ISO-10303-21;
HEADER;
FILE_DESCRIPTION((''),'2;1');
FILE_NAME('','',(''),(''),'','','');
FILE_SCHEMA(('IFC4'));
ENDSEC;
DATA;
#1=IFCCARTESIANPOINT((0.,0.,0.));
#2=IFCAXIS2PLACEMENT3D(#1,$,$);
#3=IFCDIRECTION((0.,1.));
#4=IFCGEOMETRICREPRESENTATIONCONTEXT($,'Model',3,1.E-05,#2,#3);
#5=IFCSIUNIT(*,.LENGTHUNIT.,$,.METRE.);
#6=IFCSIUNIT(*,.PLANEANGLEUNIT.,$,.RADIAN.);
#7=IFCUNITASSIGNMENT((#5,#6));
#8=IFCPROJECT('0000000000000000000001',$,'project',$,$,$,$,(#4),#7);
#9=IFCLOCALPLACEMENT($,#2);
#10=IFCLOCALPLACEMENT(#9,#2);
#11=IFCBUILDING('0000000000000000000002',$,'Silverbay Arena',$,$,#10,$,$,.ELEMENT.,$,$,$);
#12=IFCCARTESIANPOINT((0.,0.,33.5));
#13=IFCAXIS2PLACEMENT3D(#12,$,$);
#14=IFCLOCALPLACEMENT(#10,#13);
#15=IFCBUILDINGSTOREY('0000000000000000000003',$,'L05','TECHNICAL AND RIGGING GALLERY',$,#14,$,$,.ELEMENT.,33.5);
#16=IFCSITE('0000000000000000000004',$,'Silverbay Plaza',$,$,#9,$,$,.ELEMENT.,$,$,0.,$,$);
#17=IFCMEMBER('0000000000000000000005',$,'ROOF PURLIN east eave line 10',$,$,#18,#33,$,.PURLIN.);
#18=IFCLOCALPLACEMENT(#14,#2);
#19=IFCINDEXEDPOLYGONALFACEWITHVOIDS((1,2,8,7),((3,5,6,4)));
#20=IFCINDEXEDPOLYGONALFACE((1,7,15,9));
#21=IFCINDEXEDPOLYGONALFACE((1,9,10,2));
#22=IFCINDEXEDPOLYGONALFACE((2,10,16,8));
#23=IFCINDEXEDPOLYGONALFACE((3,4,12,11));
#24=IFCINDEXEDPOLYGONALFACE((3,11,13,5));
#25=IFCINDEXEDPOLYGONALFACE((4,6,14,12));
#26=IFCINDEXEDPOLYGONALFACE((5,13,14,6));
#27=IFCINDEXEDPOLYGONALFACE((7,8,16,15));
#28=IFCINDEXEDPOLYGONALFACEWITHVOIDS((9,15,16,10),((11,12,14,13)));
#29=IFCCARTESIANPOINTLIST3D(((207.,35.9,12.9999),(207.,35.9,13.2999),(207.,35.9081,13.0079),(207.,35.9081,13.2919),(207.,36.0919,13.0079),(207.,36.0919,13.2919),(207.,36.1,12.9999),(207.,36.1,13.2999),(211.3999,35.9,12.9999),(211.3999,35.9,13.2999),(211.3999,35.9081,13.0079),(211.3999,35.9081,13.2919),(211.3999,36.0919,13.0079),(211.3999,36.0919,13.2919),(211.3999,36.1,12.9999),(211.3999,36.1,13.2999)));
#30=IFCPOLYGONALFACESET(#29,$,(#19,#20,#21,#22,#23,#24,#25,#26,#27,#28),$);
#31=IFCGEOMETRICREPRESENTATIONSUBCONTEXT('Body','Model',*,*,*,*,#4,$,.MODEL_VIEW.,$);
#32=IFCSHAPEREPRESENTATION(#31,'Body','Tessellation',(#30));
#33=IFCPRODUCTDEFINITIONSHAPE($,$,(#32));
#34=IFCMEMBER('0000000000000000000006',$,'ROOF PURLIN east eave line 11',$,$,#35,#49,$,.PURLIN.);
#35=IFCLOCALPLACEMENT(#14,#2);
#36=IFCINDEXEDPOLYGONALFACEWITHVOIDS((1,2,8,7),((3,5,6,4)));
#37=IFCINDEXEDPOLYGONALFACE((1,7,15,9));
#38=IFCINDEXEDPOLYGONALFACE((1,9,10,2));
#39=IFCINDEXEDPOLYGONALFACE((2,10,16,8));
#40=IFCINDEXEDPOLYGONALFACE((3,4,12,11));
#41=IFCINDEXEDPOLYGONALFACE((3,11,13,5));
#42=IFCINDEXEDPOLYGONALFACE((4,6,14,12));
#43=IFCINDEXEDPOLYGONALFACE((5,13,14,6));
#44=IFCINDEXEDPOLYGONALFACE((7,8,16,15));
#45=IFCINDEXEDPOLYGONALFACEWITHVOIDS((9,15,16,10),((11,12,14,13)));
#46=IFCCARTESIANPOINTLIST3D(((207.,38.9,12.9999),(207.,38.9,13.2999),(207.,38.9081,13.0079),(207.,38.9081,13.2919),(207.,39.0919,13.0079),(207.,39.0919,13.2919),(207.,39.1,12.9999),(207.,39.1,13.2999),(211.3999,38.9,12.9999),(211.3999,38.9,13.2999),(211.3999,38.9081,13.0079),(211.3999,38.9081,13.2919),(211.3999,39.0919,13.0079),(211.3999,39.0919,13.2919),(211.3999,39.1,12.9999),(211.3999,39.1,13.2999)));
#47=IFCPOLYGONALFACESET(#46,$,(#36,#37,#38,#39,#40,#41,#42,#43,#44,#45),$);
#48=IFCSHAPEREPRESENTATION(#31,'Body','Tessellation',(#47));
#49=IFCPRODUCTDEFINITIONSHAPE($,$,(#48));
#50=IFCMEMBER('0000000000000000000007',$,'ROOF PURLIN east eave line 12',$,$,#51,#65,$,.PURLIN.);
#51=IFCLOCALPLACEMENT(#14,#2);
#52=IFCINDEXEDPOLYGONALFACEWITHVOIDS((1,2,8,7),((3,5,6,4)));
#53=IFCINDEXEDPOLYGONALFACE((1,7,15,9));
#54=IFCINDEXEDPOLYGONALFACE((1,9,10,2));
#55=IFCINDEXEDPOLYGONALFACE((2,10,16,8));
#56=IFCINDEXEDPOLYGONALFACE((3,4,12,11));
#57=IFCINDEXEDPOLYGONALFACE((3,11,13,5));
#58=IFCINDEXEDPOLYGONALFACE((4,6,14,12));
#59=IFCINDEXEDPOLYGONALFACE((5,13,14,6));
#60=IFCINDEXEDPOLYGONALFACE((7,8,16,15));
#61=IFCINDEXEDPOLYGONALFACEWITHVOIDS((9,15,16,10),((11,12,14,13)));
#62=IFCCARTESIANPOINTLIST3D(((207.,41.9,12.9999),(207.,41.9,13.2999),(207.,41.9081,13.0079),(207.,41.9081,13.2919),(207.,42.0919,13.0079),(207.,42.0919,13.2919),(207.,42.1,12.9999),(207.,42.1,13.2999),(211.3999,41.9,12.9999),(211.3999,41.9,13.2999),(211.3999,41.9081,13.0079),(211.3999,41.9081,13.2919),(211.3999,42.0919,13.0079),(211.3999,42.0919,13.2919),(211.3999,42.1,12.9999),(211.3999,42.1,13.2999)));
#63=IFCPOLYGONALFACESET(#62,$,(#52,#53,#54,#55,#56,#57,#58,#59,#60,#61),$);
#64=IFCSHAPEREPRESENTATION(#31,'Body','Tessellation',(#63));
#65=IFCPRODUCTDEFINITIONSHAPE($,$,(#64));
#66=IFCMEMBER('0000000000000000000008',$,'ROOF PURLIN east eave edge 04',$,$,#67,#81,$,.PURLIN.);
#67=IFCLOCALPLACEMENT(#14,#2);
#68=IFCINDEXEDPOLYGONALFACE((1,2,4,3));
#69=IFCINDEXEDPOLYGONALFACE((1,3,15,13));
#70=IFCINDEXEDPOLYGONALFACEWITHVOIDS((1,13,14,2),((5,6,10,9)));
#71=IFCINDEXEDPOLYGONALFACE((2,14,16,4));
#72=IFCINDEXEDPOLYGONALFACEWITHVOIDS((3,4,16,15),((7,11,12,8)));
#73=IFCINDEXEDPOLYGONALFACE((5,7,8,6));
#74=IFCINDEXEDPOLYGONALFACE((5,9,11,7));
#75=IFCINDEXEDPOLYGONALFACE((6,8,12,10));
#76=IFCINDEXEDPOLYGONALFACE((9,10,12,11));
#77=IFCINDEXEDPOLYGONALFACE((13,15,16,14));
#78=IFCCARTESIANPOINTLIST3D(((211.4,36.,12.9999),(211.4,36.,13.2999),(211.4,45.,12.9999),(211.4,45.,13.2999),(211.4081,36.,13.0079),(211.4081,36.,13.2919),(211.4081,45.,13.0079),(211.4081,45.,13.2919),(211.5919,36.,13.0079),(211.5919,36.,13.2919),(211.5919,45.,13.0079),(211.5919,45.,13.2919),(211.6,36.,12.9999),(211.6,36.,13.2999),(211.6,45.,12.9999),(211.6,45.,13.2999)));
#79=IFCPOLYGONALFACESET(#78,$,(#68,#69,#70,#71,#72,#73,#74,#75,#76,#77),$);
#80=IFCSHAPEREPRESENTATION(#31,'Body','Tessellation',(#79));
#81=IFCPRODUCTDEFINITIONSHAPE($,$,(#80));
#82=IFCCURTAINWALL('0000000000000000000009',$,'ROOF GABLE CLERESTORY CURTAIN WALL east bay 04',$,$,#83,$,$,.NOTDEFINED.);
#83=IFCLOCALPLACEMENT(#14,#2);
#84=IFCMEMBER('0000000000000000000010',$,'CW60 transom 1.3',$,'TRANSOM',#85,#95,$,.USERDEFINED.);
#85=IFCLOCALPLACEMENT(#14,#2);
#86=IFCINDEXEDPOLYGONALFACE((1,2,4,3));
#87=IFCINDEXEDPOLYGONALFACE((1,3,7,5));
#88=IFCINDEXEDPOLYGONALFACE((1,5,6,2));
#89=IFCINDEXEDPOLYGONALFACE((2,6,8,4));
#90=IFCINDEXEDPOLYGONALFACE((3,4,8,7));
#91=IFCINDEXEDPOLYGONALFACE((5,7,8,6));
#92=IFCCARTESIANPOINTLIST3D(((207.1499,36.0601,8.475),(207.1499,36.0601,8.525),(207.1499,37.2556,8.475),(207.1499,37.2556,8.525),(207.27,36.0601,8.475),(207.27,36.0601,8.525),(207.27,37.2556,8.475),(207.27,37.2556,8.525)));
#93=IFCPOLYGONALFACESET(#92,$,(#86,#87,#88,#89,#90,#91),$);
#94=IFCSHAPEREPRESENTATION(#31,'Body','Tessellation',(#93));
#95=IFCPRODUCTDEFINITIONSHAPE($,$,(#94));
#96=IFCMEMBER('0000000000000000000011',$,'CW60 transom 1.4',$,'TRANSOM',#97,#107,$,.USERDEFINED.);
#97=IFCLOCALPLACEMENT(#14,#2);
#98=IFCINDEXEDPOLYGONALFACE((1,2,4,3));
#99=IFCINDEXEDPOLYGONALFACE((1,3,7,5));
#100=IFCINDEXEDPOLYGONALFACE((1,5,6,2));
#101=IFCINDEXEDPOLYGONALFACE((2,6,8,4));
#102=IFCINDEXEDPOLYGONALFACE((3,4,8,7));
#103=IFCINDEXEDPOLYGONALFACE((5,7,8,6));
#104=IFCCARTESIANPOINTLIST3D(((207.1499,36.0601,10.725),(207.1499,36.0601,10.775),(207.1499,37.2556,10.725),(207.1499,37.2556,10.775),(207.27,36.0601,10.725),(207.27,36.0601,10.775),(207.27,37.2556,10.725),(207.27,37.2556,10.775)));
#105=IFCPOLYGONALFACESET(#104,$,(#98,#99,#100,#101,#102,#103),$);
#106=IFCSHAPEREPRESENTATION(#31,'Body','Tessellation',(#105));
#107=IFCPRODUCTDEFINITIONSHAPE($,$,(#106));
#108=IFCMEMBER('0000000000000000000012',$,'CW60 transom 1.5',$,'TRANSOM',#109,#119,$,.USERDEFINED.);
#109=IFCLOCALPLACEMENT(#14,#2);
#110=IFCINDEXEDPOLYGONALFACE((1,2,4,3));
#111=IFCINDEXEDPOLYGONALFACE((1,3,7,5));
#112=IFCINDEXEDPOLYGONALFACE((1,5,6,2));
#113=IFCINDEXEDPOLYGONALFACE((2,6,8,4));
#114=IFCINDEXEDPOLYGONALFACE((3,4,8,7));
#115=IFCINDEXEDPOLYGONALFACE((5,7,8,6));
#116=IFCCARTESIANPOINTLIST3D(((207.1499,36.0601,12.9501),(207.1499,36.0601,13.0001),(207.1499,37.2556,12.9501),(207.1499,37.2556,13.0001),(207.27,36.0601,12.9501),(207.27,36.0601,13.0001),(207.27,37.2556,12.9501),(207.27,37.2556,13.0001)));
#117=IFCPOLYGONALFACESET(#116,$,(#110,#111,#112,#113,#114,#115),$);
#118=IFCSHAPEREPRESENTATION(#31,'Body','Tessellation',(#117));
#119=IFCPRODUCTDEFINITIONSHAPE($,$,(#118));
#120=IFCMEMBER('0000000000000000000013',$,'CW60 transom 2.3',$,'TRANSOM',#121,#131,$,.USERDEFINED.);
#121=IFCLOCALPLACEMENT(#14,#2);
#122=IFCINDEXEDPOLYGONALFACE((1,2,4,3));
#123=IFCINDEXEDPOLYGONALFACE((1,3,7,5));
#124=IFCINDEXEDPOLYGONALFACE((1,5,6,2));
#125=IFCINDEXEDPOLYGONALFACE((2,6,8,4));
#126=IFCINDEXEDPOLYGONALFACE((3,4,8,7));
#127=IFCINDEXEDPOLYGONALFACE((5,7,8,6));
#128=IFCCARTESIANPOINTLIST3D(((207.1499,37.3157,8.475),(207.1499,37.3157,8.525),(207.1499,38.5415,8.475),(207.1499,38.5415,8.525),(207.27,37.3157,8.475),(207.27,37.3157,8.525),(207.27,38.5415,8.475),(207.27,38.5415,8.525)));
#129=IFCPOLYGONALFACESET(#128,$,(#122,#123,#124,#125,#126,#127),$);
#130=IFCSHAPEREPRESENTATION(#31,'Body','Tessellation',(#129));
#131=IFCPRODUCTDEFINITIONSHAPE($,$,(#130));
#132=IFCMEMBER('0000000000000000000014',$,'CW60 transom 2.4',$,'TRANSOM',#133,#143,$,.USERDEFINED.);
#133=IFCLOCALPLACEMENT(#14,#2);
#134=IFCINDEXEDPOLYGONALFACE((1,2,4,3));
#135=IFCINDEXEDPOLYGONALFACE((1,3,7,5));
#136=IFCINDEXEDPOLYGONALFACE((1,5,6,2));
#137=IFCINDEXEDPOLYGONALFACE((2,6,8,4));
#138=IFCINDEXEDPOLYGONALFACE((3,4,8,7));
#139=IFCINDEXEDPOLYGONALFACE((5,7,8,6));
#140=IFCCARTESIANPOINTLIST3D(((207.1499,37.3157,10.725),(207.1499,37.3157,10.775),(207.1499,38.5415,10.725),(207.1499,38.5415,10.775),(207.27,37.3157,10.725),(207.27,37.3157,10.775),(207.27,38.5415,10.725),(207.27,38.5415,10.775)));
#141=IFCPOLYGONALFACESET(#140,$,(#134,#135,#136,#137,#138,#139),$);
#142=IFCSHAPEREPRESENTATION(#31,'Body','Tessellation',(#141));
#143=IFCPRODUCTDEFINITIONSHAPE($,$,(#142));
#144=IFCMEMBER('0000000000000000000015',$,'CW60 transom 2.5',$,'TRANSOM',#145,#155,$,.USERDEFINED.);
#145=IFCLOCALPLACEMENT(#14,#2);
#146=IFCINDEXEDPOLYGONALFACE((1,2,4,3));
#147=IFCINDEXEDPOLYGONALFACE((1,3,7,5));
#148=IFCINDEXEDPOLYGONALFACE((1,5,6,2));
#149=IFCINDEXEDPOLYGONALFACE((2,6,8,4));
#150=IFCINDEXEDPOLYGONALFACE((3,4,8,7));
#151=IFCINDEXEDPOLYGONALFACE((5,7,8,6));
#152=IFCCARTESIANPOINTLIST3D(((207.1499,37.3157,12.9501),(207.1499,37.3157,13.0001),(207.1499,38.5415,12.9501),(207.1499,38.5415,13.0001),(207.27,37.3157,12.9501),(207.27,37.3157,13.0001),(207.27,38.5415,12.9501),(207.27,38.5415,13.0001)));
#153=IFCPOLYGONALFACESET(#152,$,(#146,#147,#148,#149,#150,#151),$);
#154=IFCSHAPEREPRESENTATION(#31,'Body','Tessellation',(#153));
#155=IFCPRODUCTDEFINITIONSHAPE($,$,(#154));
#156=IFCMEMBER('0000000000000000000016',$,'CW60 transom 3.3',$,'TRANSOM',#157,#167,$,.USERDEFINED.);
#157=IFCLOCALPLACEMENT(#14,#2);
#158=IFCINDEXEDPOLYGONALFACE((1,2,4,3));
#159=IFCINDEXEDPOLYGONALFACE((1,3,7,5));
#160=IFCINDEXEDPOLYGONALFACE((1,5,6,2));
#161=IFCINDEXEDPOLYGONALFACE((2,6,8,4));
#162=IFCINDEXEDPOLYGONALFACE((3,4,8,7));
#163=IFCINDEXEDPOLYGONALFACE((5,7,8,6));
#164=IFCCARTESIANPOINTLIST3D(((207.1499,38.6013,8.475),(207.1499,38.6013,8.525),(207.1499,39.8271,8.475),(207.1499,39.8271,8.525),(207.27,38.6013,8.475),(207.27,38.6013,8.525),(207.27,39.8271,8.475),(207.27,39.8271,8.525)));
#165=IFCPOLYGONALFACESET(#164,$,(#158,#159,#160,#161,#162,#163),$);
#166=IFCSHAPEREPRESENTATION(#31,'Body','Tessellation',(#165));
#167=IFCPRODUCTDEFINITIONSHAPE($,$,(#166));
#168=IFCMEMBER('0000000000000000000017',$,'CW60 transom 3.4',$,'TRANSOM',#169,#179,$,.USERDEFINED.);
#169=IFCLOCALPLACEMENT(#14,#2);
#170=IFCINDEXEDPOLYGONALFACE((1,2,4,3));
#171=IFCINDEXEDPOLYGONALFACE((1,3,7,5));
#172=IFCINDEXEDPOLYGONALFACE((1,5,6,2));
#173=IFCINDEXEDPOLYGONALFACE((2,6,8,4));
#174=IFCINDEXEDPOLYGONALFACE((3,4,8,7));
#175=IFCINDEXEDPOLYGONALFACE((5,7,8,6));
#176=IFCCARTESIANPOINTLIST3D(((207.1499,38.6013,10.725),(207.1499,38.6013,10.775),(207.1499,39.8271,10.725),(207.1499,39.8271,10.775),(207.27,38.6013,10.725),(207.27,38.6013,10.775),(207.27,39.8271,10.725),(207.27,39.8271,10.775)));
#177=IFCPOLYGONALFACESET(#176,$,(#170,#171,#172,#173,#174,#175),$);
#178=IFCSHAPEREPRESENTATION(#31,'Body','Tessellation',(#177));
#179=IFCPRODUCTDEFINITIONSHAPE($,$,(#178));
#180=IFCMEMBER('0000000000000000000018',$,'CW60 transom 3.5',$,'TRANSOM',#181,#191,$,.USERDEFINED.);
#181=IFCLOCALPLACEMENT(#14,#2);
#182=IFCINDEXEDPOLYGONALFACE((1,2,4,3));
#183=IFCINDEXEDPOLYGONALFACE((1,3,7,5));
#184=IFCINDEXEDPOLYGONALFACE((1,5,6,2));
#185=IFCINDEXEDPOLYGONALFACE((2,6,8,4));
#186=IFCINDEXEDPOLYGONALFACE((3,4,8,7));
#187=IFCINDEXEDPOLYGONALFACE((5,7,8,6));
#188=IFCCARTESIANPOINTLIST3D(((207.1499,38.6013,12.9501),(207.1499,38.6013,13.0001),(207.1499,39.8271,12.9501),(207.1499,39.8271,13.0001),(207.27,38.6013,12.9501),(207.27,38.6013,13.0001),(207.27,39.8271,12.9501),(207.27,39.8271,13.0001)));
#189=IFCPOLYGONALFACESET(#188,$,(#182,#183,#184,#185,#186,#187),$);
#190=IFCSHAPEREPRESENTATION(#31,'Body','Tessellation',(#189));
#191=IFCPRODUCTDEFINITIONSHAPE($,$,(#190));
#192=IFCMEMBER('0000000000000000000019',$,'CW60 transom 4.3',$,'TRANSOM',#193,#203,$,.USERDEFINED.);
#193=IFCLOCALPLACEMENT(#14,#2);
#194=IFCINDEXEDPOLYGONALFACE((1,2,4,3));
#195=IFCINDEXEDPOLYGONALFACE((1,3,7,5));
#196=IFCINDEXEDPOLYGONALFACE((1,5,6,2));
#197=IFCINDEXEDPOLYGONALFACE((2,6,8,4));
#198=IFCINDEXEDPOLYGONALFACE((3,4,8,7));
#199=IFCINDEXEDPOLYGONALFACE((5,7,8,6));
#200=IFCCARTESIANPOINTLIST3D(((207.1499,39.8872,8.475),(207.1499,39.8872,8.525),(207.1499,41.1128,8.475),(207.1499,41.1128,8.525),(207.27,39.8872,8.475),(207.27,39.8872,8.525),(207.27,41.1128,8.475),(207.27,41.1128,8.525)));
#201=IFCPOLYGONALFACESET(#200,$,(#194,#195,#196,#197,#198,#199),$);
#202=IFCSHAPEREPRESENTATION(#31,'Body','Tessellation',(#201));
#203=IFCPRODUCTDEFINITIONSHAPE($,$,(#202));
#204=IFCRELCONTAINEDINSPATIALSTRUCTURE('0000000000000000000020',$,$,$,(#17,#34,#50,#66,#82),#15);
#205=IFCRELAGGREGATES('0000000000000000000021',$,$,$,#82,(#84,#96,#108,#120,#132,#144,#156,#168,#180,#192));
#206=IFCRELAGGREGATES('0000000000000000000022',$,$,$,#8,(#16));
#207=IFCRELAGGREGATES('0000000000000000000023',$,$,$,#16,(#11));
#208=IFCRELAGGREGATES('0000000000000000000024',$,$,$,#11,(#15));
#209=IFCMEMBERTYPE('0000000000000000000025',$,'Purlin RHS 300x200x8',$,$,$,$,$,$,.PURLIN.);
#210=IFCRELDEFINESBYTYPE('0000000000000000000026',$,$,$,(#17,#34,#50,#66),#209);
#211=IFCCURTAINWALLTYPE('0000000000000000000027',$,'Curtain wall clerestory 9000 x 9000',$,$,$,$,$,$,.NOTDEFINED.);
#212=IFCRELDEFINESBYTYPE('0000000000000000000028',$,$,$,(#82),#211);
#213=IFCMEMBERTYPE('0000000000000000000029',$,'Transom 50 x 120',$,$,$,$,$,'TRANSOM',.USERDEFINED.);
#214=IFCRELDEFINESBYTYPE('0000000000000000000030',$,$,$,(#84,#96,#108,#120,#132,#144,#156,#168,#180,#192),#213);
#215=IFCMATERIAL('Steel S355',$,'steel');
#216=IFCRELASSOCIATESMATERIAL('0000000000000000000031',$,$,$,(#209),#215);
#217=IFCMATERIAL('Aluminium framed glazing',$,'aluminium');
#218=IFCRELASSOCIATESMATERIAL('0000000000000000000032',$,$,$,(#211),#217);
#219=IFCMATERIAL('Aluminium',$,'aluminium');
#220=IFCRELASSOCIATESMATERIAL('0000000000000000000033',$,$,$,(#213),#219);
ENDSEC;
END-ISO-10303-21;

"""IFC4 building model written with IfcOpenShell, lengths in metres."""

from ifc_helpers import new_model, si_unit, direction, frame, origin, origin_2d, place, context, subcontext, project, spatial, rectangle, hollow_rectangle, extrude, material, material_profile, profile_set, type_object, element, aggregate, save


model = new_model("IFC4")

# Units and contexts
model_context = context("Model", 3, precision=1e-05, world=origin(), true_north=direction((0.0, 1.0)))
body_context = subcontext(model_context, "Body", "Model", "MODEL_VIEW")
ifc_project = project(units=[si_unit("LENGTHUNIT", "METRE"), si_unit("PLANEANGLEUNIT", "RADIAN")], contexts=[model_context])

# Site, building, storey
site_placement = place(None, origin())
site = spatial("IfcSite", under=ifc_project, at=site_placement, Name="Silverbay Plaza", CompositionType="ELEMENT", RefElevation=0.0)
building_placement = place(site_placement, origin())
building = spatial("IfcBuilding", under=site, at=building_placement, Name="Silverbay Arena", CompositionType="ELEMENT")
storey_placement = place(building_placement, frame((0.0, 0.0, 33.5)))
storey = spatial("IfcBuildingStorey", under=building, at=storey_placement, Name="L05", Description="TECHNICAL AND RIGGING GALLERY", CompositionType="ELEMENT", Elevation=33.5)

# Members
ifc_material_1 = material(Name="Steel S355", Category="steel")
ifc_material_profile_1 = material_profile(ifc_material_1, hollow_rectangle(XDim=0.2, YDim=0.3, WallThickness=0.0081, at=origin_2d()), Name="RHS 300x200x8")
ifc_profile_set_1 = profile_set([ifc_material_profile_1], Name="Steel S355")
member_type_1 = type_object("IfcMemberType", Name="Purlin RHS 300x200x8", PredefinedType="PURLIN", material=ifc_profile_set_1)
for number, where, z_axis, x_axis, name in (
    (1, (211.3999, 36.0, 13.1499), (-1.0, 0.0, 0.0), (0.0, -1.0, 0.0), "ROOF PURLIN east eave line 10"),
    (2, (211.3999, 39.0, 13.1499), (-1.0, 0.0, 0.0), (0.0, -1.0, 0.0), "ROOF PURLIN east eave line 11"),
    (3, (211.3999, 42.0, 13.1499), (-1.0, 0.0, 0.0), (0.0, -1.0, 0.0), "ROOF PURLIN east eave line 12"),
):
    element("IfcMember", number, at=place(storey_placement, frame(where, z_axis=z_axis, x_axis=x_axis)), inside=storey, type_object=member_type_1, Name=name, PredefinedType="PURLIN", context=body_context, shape_type="SweptSolid", body=[
        extrude(hollow_rectangle(XDim=0.2, YDim=0.3, WallThickness=0.0081, at=origin_2d()), origin(), (0.0, 0.0, 1.0), 4.3999),
    ])
member_1_placement = place(storey_placement, frame((211.5, 36.0, 13.1499), z_axis=(0.0, 1.0, 0.0), x_axis=(-1.0, 0.0, 0.0)))
element("IfcMember", 4, at=member_1_placement, inside=storey, type_object=member_type_1, Name="ROOF PURLIN east eave edge 04", PredefinedType="PURLIN", context=body_context, shape_type="SweptSolid", body=[
    extrude(hollow_rectangle(XDim=0.2, YDim=0.3, WallThickness=0.0081, at=origin_2d()), origin(), (0.0, 0.0, 1.0), 9.0),
])

# Curtain wall, members
ifc_material_2 = material(Name="Aluminium framed glazing", Category="aluminium")
curtain_wall_type = type_object("IfcCurtainWallType", Name="Curtain wall clerestory 9000 x 9000", PredefinedType="NOTDEFINED", material=ifc_material_2)
curtain_wall_placement = place(storey_placement, origin())
curtain_wall = element("IfcCurtainWall", 5, at=curtain_wall_placement, inside=storey, type_object=curtain_wall_type, Name="ROOF GABLE CLERESTORY CURTAIN WALL east bay 04", PredefinedType="NOTDEFINED")
ifc_material_3 = material(Name="Aluminium", Category="aluminium")
ifc_material_profile_2 = material_profile(ifc_material_3, rectangle(XDim=0.1201, YDim=0.05, at=origin_2d()), Name="Transom 50 x 120")
ifc_profile_set_2 = profile_set([ifc_material_profile_2], Name="Aluminium")
member_type_2 = type_object("IfcMemberType", Name="Transom 50 x 120", ElementType="TRANSOM", PredefinedType="USERDEFINED", material=ifc_profile_set_2)
member_2_placement = place(storey_placement, frame((207.21, 36.0601, 8.5), z_axis=(0.0, 1.0, 0.0), x_axis=(-1.0, 0.0, 0.0)))
member_2 = element("IfcMember", 6, at=member_2_placement, type_object=member_type_2, Name="CW60 transom 1.3", ObjectType="TRANSOM", PredefinedType="USERDEFINED", context=body_context, shape_type="SweptSolid", body=[
    extrude(rectangle(XDim=0.1201, YDim=0.05, at=origin_2d()), origin(), (0.0, 0.0, 1.0), 1.1956),
])
member_3_placement = place(storey_placement, frame((207.21, 36.0601, 10.75), z_axis=(0.0, 1.0, 0.0), x_axis=(-1.0, 0.0, 0.0)))
member_3 = element("IfcMember", 7, at=member_3_placement, type_object=member_type_2, Name="CW60 transom 1.4", ObjectType="TRANSOM", PredefinedType="USERDEFINED", context=body_context, shape_type="SweptSolid", body=[
    extrude(rectangle(XDim=0.1201, YDim=0.05, at=origin_2d()), origin(), (0.0, 0.0, 1.0), 1.1956),
])
member_4_placement = place(storey_placement, frame((207.21, 36.0601, 12.9751), z_axis=(0.0, 1.0, 0.0), x_axis=(-1.0, 0.0, 0.0)))
member_4 = element("IfcMember", 8, at=member_4_placement, type_object=member_type_2, Name="CW60 transom 1.5", ObjectType="TRANSOM", PredefinedType="USERDEFINED", context=body_context, shape_type="SweptSolid", body=[
    extrude(rectangle(XDim=0.1201, YDim=0.05, at=origin_2d()), origin(), (0.0, 0.0, 1.0), 1.1956),
])
member_5_placement = place(storey_placement, frame((207.21, 37.3157, 8.5), z_axis=(0.0, 1.0, 0.0), x_axis=(-1.0, 0.0, 0.0)))
member_5 = element("IfcMember", 9, at=member_5_placement, type_object=member_type_2, Name="CW60 transom 2.3", ObjectType="TRANSOM", PredefinedType="USERDEFINED", context=body_context, shape_type="SweptSolid", body=[
    extrude(rectangle(XDim=0.1201, YDim=0.05, at=origin_2d()), origin(), (0.0, 0.0, 1.0), 1.2258),
])
member_6_placement = place(storey_placement, frame((207.21, 37.3157, 10.75), z_axis=(0.0, 1.0, 0.0), x_axis=(-1.0, 0.0, 0.0)))
member_6 = element("IfcMember", 10, at=member_6_placement, type_object=member_type_2, Name="CW60 transom 2.4", ObjectType="TRANSOM", PredefinedType="USERDEFINED", context=body_context, shape_type="SweptSolid", body=[
    extrude(rectangle(XDim=0.1201, YDim=0.05, at=origin_2d()), origin(), (0.0, 0.0, 1.0), 1.2258),
])
member_7_placement = place(storey_placement, frame((207.21, 37.3157, 12.9751), z_axis=(0.0, 1.0, 0.0), x_axis=(-1.0, 0.0, 0.0)))
member_7 = element("IfcMember", 11, at=member_7_placement, type_object=member_type_2, Name="CW60 transom 2.5", ObjectType="TRANSOM", PredefinedType="USERDEFINED", context=body_context, shape_type="SweptSolid", body=[
    extrude(rectangle(XDim=0.1201, YDim=0.05, at=origin_2d()), origin(), (0.0, 0.0, 1.0), 1.2258),
])
member_8_placement = place(storey_placement, frame((207.21, 38.6013, 8.5), z_axis=(0.0, 1.0, 0.0), x_axis=(-1.0, 0.0, 0.0)))
member_8 = element("IfcMember", 12, at=member_8_placement, type_object=member_type_2, Name="CW60 transom 3.3", ObjectType="TRANSOM", PredefinedType="USERDEFINED", context=body_context, shape_type="SweptSolid", body=[
    extrude(rectangle(XDim=0.1201, YDim=0.05, at=origin_2d()), origin(), (0.0, 0.0, 1.0), 1.2258),
])
member_9_placement = place(storey_placement, frame((207.21, 38.6013, 10.75), z_axis=(0.0, 1.0, 0.0), x_axis=(-1.0, 0.0, 0.0)))
member_9 = element("IfcMember", 13, at=member_9_placement, type_object=member_type_2, Name="CW60 transom 3.4", ObjectType="TRANSOM", PredefinedType="USERDEFINED", context=body_context, shape_type="SweptSolid", body=[
    extrude(rectangle(XDim=0.1201, YDim=0.05, at=origin_2d()), origin(), (0.0, 0.0, 1.0), 1.2258),
])
member_10_placement = place(storey_placement, frame((207.21, 38.6013, 12.9751), z_axis=(0.0, 1.0, 0.0), x_axis=(-1.0, 0.0, 0.0)))
member_10 = element("IfcMember", 14, at=member_10_placement, type_object=member_type_2, Name="CW60 transom 3.5", ObjectType="TRANSOM", PredefinedType="USERDEFINED", context=body_context, shape_type="SweptSolid", body=[
    extrude(rectangle(XDim=0.1201, YDim=0.05, at=origin_2d()), origin(), (0.0, 0.0, 1.0), 1.2258),
])
member_11_placement = place(storey_placement, frame((207.21, 39.8872, 8.5), z_axis=(0.0, 1.0, 0.0), x_axis=(-1.0, 0.0, 0.0)))
member_11 = element("IfcMember", 15, at=member_11_placement, type_object=member_type_2, Name="CW60 transom 4.3", ObjectType="TRANSOM", PredefinedType="USERDEFINED", context=body_context, shape_type="SweptSolid", body=[
    extrude(rectangle(XDim=0.1201, YDim=0.05, at=origin_2d()), origin(), (0.0, 0.0, 1.0), 1.2256),
])
aggregate(curtain_wall, [member_2, member_3, member_4, member_5, member_6, member_7, member_8, member_9, member_10, member_11])

save(model, "model.ifc")
